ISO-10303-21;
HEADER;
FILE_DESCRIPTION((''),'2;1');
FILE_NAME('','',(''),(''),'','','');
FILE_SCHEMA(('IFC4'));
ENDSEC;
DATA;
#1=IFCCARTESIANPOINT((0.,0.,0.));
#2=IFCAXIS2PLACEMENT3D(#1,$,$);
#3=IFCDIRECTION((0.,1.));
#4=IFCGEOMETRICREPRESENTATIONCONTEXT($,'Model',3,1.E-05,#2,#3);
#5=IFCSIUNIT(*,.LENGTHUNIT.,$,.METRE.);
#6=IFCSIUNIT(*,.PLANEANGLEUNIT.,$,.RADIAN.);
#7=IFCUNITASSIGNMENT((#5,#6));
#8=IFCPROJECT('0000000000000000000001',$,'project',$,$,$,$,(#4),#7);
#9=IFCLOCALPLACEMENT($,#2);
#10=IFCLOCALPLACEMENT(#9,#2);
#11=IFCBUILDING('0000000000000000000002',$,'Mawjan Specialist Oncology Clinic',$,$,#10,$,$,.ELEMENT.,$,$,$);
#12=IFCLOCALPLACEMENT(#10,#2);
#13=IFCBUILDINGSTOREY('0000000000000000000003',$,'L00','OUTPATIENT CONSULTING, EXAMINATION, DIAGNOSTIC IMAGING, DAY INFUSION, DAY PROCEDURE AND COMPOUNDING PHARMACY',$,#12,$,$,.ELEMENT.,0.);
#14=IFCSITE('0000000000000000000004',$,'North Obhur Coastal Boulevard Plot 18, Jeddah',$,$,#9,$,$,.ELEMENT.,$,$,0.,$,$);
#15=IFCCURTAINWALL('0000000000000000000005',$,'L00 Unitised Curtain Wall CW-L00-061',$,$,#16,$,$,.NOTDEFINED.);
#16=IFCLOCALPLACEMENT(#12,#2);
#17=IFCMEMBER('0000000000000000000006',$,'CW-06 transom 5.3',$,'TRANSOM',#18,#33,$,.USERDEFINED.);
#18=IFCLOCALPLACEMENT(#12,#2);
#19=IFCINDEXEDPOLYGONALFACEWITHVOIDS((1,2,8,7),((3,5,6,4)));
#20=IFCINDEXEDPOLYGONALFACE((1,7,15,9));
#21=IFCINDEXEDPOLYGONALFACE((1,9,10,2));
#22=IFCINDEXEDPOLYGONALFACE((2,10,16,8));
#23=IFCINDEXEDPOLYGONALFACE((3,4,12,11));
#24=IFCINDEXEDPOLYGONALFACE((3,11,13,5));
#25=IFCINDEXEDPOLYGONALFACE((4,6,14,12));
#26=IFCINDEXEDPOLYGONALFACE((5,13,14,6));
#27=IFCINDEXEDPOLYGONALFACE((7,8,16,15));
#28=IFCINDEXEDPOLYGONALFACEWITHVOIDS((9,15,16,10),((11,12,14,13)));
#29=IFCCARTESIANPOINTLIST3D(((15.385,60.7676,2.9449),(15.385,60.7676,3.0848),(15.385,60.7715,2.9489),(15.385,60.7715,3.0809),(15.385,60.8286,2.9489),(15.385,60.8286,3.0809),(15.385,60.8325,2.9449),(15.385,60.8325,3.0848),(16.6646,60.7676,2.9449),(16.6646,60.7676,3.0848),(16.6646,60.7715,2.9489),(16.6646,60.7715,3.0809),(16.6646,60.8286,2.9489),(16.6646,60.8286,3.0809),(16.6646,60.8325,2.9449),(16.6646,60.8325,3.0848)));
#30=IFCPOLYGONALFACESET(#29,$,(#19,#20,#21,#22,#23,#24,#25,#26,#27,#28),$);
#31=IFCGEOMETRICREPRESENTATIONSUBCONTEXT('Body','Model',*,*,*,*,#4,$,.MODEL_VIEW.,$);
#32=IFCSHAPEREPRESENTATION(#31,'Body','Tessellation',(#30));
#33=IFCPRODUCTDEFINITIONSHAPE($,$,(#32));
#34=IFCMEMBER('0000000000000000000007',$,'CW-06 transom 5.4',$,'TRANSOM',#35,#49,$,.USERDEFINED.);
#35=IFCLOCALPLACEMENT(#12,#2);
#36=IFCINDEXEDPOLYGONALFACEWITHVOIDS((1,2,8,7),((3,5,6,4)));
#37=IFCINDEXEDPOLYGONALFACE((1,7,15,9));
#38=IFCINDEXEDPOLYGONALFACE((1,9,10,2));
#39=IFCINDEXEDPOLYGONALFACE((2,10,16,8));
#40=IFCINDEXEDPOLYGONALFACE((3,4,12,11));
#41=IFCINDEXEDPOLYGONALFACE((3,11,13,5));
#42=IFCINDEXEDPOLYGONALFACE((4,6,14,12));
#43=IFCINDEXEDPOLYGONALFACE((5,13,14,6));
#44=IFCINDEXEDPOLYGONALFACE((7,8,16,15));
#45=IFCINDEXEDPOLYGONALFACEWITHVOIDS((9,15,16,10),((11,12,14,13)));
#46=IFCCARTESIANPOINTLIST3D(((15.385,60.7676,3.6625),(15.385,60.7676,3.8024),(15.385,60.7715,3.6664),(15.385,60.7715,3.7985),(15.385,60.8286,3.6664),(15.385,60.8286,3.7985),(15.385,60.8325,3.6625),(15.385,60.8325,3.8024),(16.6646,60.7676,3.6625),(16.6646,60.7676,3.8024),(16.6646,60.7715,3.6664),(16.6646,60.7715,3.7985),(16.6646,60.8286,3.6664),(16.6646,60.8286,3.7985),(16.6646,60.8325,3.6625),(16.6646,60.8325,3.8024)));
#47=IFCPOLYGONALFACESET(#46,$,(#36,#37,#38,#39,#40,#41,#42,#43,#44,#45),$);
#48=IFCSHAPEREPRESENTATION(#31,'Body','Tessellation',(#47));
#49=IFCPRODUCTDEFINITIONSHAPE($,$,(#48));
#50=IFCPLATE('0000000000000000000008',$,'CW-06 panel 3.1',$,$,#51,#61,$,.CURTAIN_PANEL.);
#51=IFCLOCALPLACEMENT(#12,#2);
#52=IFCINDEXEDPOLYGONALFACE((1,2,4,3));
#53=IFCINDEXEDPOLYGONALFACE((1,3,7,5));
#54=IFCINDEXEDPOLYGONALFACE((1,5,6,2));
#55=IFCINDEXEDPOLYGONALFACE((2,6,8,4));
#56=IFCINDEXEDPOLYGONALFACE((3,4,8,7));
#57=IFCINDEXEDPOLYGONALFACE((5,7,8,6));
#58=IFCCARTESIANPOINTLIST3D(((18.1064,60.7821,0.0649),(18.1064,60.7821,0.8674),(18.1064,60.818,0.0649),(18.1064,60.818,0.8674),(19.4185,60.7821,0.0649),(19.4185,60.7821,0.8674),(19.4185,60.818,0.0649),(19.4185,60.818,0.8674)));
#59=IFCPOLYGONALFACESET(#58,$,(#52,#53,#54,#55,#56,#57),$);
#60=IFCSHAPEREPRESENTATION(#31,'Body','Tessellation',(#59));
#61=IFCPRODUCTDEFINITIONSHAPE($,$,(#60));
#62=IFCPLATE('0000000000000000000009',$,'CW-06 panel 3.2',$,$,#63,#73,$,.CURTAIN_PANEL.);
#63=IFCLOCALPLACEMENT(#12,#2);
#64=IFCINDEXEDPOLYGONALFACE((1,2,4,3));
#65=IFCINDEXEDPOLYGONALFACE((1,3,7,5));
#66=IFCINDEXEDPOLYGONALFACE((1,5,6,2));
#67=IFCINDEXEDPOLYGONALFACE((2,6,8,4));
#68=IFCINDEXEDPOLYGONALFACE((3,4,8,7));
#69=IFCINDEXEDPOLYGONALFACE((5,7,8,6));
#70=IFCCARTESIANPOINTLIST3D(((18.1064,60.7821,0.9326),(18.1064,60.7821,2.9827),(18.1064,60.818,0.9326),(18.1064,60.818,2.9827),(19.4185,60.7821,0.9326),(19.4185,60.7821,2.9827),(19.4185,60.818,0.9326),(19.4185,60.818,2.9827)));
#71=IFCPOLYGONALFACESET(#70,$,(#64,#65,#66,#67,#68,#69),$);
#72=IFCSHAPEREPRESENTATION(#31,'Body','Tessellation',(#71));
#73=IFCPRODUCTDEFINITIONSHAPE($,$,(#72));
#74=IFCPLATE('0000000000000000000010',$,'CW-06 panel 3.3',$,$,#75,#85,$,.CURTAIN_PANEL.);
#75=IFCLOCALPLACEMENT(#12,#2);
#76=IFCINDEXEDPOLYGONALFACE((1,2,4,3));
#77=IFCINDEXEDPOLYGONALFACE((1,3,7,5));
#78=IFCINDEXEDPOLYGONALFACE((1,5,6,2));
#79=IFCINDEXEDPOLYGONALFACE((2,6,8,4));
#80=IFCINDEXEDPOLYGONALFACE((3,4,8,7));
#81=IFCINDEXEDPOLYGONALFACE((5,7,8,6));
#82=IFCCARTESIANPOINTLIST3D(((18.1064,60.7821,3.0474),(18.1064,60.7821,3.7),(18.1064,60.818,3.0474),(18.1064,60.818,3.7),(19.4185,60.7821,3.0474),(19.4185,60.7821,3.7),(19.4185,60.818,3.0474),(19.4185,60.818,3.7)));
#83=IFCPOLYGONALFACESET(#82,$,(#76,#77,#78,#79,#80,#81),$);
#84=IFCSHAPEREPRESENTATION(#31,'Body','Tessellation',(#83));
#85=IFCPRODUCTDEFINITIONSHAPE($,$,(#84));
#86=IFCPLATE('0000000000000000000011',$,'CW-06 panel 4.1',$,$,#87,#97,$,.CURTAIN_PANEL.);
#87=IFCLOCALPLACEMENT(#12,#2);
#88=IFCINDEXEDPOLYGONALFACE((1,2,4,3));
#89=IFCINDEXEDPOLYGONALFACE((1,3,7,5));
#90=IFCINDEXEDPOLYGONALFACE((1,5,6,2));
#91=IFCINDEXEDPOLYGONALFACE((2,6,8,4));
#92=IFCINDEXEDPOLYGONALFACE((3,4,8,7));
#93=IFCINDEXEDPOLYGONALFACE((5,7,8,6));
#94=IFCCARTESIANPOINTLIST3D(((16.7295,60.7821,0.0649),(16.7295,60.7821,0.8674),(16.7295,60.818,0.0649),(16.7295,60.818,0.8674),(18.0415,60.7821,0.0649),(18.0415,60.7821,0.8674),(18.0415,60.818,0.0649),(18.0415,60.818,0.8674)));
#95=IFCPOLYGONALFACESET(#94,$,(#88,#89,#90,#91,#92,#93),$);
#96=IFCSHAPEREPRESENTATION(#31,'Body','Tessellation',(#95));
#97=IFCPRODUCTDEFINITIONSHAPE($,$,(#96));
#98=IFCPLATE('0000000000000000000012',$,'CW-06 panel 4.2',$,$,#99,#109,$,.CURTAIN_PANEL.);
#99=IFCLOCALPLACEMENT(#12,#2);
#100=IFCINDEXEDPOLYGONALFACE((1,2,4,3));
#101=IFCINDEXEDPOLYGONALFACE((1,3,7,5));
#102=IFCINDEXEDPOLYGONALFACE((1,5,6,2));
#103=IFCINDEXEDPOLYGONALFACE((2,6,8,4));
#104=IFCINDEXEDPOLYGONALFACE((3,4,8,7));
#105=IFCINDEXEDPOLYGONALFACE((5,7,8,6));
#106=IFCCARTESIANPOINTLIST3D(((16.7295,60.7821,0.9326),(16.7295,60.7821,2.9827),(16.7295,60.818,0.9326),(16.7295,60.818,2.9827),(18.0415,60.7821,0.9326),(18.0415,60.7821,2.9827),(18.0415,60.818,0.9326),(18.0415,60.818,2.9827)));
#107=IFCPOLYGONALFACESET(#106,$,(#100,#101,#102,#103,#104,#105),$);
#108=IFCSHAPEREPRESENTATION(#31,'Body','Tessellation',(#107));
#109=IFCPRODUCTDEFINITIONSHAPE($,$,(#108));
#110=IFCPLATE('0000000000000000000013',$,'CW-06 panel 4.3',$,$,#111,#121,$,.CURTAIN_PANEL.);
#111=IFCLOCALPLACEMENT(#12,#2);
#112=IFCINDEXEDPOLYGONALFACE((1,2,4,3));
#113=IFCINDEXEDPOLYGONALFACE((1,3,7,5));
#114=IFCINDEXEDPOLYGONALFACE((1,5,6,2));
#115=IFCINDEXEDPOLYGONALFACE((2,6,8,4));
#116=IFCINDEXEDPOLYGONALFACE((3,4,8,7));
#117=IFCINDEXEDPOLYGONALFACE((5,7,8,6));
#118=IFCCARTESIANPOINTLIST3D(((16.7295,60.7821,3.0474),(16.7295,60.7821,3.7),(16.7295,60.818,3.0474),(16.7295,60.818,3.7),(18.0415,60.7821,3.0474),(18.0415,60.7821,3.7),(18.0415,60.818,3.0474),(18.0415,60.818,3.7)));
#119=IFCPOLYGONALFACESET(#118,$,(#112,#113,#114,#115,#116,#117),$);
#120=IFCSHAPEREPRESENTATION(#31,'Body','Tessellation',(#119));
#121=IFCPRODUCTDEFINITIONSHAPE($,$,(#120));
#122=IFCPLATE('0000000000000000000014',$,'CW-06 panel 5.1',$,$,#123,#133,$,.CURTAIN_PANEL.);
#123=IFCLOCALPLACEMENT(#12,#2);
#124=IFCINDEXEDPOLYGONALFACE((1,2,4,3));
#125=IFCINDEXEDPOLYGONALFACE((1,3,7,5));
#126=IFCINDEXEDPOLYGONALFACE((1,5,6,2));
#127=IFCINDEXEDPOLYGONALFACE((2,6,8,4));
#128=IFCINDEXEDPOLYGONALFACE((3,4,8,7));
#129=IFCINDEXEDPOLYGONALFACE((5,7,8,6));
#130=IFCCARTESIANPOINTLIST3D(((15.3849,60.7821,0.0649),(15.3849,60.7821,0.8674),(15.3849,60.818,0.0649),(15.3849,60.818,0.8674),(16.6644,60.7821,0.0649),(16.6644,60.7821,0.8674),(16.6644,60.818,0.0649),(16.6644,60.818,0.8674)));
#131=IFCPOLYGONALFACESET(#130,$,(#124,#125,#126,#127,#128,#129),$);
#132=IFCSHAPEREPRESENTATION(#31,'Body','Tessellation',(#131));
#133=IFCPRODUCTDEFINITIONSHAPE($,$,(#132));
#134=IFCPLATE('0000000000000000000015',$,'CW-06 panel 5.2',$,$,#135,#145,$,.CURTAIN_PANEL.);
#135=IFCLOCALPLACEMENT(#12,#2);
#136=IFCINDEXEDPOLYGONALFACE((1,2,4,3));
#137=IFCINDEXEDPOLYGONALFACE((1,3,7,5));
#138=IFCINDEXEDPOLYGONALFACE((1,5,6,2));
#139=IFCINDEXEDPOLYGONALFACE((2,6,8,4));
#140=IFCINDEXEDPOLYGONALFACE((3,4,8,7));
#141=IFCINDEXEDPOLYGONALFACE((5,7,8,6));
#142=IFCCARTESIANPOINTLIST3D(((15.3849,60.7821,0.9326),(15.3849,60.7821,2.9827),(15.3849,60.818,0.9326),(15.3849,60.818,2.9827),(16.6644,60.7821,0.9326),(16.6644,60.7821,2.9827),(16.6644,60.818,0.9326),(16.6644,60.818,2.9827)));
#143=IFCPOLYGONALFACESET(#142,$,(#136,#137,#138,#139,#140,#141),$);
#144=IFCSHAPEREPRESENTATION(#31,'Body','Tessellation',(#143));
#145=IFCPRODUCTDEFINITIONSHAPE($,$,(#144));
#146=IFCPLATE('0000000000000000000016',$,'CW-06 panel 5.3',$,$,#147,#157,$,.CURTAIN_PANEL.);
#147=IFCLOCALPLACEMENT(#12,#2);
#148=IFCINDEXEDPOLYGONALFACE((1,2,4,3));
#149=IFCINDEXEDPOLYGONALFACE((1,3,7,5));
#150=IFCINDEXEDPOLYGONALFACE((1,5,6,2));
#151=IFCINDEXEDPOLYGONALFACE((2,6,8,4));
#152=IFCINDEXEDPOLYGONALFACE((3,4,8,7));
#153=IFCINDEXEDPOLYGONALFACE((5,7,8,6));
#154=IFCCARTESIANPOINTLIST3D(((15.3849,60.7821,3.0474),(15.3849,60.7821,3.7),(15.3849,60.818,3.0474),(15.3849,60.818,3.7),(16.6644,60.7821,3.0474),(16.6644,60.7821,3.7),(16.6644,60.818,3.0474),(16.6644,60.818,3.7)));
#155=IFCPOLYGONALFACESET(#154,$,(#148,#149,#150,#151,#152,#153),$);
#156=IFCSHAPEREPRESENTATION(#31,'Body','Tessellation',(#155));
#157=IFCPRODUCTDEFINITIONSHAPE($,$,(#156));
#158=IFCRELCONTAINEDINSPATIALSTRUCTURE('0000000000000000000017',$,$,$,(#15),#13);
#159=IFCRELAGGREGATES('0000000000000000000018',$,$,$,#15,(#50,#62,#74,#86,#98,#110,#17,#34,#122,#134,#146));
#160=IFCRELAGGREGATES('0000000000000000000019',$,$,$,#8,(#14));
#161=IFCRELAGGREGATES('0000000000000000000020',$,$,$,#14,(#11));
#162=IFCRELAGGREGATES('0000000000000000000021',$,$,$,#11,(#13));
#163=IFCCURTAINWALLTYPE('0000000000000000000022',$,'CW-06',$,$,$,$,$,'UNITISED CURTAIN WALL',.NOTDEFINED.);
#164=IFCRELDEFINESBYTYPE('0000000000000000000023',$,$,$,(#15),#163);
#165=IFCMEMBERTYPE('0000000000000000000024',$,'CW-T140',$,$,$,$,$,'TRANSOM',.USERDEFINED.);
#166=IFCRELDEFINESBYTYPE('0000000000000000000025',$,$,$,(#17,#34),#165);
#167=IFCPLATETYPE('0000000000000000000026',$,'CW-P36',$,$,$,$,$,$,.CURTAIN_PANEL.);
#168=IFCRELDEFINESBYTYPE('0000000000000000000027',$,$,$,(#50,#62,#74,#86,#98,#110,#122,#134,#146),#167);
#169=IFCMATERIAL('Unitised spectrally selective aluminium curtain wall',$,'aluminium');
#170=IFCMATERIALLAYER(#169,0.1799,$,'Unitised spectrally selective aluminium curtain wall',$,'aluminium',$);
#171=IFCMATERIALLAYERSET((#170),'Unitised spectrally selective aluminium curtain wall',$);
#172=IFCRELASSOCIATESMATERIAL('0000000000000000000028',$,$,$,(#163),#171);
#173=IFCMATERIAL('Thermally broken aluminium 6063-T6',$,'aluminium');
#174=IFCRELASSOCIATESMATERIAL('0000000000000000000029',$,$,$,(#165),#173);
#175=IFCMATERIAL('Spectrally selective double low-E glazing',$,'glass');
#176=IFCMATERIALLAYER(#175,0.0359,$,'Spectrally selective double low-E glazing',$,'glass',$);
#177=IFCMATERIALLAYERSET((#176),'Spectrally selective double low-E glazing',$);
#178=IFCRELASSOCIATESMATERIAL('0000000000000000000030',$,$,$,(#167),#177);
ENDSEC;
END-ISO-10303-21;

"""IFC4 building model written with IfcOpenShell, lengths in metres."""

from ifc_helpers import new_model, si_unit, direction, frame, origin, origin_2d, place, context, subcontext, project, spatial, rectangle, hollow_rectangle, extrude, material, layer, layer_set, material_profile, profile_set, type_object, element, aggregate, save


model = new_model("IFC4")

# Units and contexts
model_context = context("Model", 3, precision=1e-05, world=origin(), true_north=direction((0.0, 1.0)))
body_context = subcontext(model_context, "Body", "Model", "MODEL_VIEW")
ifc_project = project(units=[si_unit("LENGTHUNIT", "METRE"), si_unit("PLANEANGLEUNIT", "RADIAN")], contexts=[model_context])

# Site, building, storey
site_placement = place(None, origin())
site = spatial("IfcSite", under=ifc_project, at=site_placement, Name="North Obhur Coastal Boulevard Plot 18, Jeddah", CompositionType="ELEMENT", RefElevation=0.0)
building_placement = place(site_placement, origin())
building = spatial("IfcBuilding", under=site, at=building_placement, Name="Mawjan Specialist Oncology Clinic", CompositionType="ELEMENT")
storey_placement = place(building_placement, origin())
storey = spatial("IfcBuildingStorey", under=building, at=storey_placement, Name="L00", Description="OUTPATIENT CONSULTING, EXAMINATION, DIAGNOSTIC IMAGING, DAY INFUSION, DAY PROCEDURE AND COMPOUNDING PHARMACY", CompositionType="ELEMENT", Elevation=0.0)

# Curtain wall, members, plates
ifc_material_1 = material(Name="Unitised spectrally selective aluminium curtain wall", Category="aluminium")
ifc_layer_1 = layer(ifc_material_1, 0.1799, Name="Unitised spectrally selective aluminium curtain wall", Category="aluminium")
ifc_layer_set_1 = layer_set([ifc_layer_1], Name="Unitised spectrally selective aluminium curtain wall")
curtain_wall_type = type_object("IfcCurtainWallType", Name="CW-06", ElementType="UNITISED CURTAIN WALL", PredefinedType="NOTDEFINED", material=ifc_layer_set_1)
curtain_wall_placement = place(storey_placement, origin())
curtain_wall = element("IfcCurtainWall", 1, at=curtain_wall_placement, inside=storey, type_object=curtain_wall_type, Name="L00 Unitised Curtain Wall CW-L00-061", PredefinedType="NOTDEFINED")
ifc_material_2 = material(Name="Thermally broken aluminium 6063-T6", Category="aluminium")
ifc_material_profile_1 = material_profile(ifc_material_2, hollow_rectangle(XDim=0.0649, YDim=0.1399, WallThickness=0.0039, at=origin_2d()), Name="ALU TRANSOM 140x65x4", Category="aluminium")
ifc_profile_set_1 = profile_set([ifc_material_profile_1], Name="Thermally broken aluminium 6063-T6")
member_type_1 = type_object("IfcMemberType", Name="CW-T140", ElementType="TRANSOM", PredefinedType="USERDEFINED", material=ifc_profile_set_1)
member_1_placement = place(storey_placement, frame((16.6646, 60.8, 3.0149), z_axis=(-1.0, 0.0, 0.0), x_axis=(0.0, -1.0, 0.0)))
member_1 = element("IfcMember", 2, at=member_1_placement, type_object=member_type_1, Name="CW-06 transom 5.3", ObjectType="TRANSOM", PredefinedType="USERDEFINED", context=body_context, shape_type="SweptSolid", body=[
    extrude(hollow_rectangle(XDim=0.0649, YDim=0.1399, WallThickness=0.0039, at=origin_2d()), origin(), (0.0, 0.0, 1.0), 1.2795),
])
member_2_placement = place(storey_placement, frame((16.6646, 60.8, 3.7324), z_axis=(-1.0, 0.0, 0.0), x_axis=(0.0, -1.0, 0.0)))
member_2 = element("IfcMember", 3, at=member_2_placement, type_object=member_type_1, Name="CW-06 transom 5.4", ObjectType="TRANSOM", PredefinedType="USERDEFINED", context=body_context, shape_type="SweptSolid", body=[
    extrude(hollow_rectangle(XDim=0.0649, YDim=0.1399, WallThickness=0.0039, at=origin_2d()), origin(), (0.0, 0.0, 1.0), 1.2795),
])
ifc_material_3 = material(Name="Spectrally selective double low-E glazing", Category="glass")
ifc_layer_2 = layer(ifc_material_3, 0.0359, Name="Spectrally selective double low-E glazing", Category="glass")
ifc_layer_set_2 = layer_set([ifc_layer_2], Name="Spectrally selective double low-E glazing")
plate_type = type_object("IfcPlateType", Name="CW-P36", PredefinedType="CURTAIN_PANEL", material=ifc_layer_set_2)
plate_1_placement = place(storey_placement, frame((18.7625, 60.8, 0.0649), z_axis=(0.0, 0.0, 1.0), x_axis=(-1.0, 0.0, 0.0)))
plate_1 = element("IfcPlate", 4, at=plate_1_placement, type_object=plate_type, Name="CW-06 panel 3.1", PredefinedType="CURTAIN_PANEL", context=body_context, shape_type="SweptSolid", body=[
    extrude(rectangle(XDim=1.312, YDim=0.0359, at=origin_2d()), origin(), (0.0, 0.0, 1.0), 0.8025),
])
plate_2_placement = place(storey_placement, frame((18.7625, 60.8, 0.9326), z_axis=(0.0, 0.0, 1.0), x_axis=(-1.0, 0.0, 0.0)))
plate_2 = element("IfcPlate", 5, at=plate_2_placement, type_object=plate_type, Name="CW-06 panel 3.2", PredefinedType="CURTAIN_PANEL", context=body_context, shape_type="SweptSolid", body=[
    extrude(rectangle(XDim=1.312, YDim=0.0359, at=origin_2d()), origin(), (0.0, 0.0, 1.0), 2.05),
])
plate_3_placement = place(storey_placement, frame((18.7625, 60.8, 3.0474), z_axis=(0.0, 0.0, 1.0), x_axis=(-1.0, 0.0, 0.0)))
plate_3 = element("IfcPlate", 6, at=plate_3_placement, type_object=plate_type, Name="CW-06 panel 3.3", PredefinedType="CURTAIN_PANEL", context=body_context, shape_type="SweptSolid", body=[
    extrude(rectangle(XDim=1.312, YDim=0.0359, at=origin_2d()), origin(), (0.0, 0.0, 1.0), 0.6526),
])
plate_4_placement = place(storey_placement, frame((17.3855, 60.8, 0.0649), z_axis=(0.0, 0.0, 1.0), x_axis=(-1.0, 0.0, 0.0)))
plate_4 = element("IfcPlate", 7, at=plate_4_placement, type_object=plate_type, Name="CW-06 panel 4.1", PredefinedType="CURTAIN_PANEL", context=body_context, shape_type="SweptSolid", body=[
    extrude(rectangle(XDim=1.312, YDim=0.0359, at=origin_2d()), origin(), (0.0, 0.0, 1.0), 0.8025),
])
plate_5_placement = place(storey_placement, frame((17.3855, 60.8, 0.9326), z_axis=(0.0, 0.0, 1.0), x_axis=(-1.0, 0.0, 0.0)))
plate_5 = element("IfcPlate", 8, at=plate_5_placement, type_object=plate_type, Name="CW-06 panel 4.2", PredefinedType="CURTAIN_PANEL", context=body_context, shape_type="SweptSolid", body=[
    extrude(rectangle(XDim=1.312, YDim=0.0359, at=origin_2d()), origin(), (0.0, 0.0, 1.0), 2.05),
])
plate_6_placement = place(storey_placement, frame((17.3855, 60.8, 3.0474), z_axis=(0.0, 0.0, 1.0), x_axis=(-1.0, 0.0, 0.0)))
plate_6 = element("IfcPlate", 9, at=plate_6_placement, type_object=plate_type, Name="CW-06 panel 4.3", PredefinedType="CURTAIN_PANEL", context=body_context, shape_type="SweptSolid", body=[
    extrude(rectangle(XDim=1.312, YDim=0.0359, at=origin_2d()), origin(), (0.0, 0.0, 1.0), 0.6526),
])
plate_7_placement = place(storey_placement, frame((16.0247, 60.8, 0.0649), z_axis=(0.0, 0.0, 1.0), x_axis=(-1.0, 0.0, 0.0)))
plate_7 = element("IfcPlate", 10, at=plate_7_placement, type_object=plate_type, Name="CW-06 panel 5.1", PredefinedType="CURTAIN_PANEL", context=body_context, shape_type="SweptSolid", body=[
    extrude(rectangle(XDim=1.2795, YDim=0.0359, at=origin_2d()), origin(), (0.0, 0.0, 1.0), 0.8025),
])
plate_8_placement = place(storey_placement, frame((16.0247, 60.8, 0.9326), z_axis=(0.0, 0.0, 1.0), x_axis=(-1.0, 0.0, 0.0)))
plate_8 = element("IfcPlate", 11, at=plate_8_placement, type_object=plate_type, Name="CW-06 panel 5.2", PredefinedType="CURTAIN_PANEL", context=body_context, shape_type="SweptSolid", body=[
    extrude(rectangle(XDim=1.2795, YDim=0.0359, at=origin_2d()), origin(), (0.0, 0.0, 1.0), 2.05),
])
plate_9_placement = place(storey_placement, frame((16.0247, 60.8, 3.0474), z_axis=(0.0, 0.0, 1.0), x_axis=(-1.0, 0.0, 0.0)))
plate_9 = element("IfcPlate", 12, at=plate_9_placement, type_object=plate_type, Name="CW-06 panel 5.3", PredefinedType="CURTAIN_PANEL", context=body_context, shape_type="SweptSolid", body=[
    extrude(rectangle(XDim=1.2795, YDim=0.0359, at=origin_2d()), origin(), (0.0, 0.0, 1.0), 0.6526),
])
aggregate(curtain_wall, [plate_1, plate_2, plate_3, plate_4, plate_5, plate_6, member_1, member_2, plate_7, plate_8, plate_9])

save(model, "model.ifc")
